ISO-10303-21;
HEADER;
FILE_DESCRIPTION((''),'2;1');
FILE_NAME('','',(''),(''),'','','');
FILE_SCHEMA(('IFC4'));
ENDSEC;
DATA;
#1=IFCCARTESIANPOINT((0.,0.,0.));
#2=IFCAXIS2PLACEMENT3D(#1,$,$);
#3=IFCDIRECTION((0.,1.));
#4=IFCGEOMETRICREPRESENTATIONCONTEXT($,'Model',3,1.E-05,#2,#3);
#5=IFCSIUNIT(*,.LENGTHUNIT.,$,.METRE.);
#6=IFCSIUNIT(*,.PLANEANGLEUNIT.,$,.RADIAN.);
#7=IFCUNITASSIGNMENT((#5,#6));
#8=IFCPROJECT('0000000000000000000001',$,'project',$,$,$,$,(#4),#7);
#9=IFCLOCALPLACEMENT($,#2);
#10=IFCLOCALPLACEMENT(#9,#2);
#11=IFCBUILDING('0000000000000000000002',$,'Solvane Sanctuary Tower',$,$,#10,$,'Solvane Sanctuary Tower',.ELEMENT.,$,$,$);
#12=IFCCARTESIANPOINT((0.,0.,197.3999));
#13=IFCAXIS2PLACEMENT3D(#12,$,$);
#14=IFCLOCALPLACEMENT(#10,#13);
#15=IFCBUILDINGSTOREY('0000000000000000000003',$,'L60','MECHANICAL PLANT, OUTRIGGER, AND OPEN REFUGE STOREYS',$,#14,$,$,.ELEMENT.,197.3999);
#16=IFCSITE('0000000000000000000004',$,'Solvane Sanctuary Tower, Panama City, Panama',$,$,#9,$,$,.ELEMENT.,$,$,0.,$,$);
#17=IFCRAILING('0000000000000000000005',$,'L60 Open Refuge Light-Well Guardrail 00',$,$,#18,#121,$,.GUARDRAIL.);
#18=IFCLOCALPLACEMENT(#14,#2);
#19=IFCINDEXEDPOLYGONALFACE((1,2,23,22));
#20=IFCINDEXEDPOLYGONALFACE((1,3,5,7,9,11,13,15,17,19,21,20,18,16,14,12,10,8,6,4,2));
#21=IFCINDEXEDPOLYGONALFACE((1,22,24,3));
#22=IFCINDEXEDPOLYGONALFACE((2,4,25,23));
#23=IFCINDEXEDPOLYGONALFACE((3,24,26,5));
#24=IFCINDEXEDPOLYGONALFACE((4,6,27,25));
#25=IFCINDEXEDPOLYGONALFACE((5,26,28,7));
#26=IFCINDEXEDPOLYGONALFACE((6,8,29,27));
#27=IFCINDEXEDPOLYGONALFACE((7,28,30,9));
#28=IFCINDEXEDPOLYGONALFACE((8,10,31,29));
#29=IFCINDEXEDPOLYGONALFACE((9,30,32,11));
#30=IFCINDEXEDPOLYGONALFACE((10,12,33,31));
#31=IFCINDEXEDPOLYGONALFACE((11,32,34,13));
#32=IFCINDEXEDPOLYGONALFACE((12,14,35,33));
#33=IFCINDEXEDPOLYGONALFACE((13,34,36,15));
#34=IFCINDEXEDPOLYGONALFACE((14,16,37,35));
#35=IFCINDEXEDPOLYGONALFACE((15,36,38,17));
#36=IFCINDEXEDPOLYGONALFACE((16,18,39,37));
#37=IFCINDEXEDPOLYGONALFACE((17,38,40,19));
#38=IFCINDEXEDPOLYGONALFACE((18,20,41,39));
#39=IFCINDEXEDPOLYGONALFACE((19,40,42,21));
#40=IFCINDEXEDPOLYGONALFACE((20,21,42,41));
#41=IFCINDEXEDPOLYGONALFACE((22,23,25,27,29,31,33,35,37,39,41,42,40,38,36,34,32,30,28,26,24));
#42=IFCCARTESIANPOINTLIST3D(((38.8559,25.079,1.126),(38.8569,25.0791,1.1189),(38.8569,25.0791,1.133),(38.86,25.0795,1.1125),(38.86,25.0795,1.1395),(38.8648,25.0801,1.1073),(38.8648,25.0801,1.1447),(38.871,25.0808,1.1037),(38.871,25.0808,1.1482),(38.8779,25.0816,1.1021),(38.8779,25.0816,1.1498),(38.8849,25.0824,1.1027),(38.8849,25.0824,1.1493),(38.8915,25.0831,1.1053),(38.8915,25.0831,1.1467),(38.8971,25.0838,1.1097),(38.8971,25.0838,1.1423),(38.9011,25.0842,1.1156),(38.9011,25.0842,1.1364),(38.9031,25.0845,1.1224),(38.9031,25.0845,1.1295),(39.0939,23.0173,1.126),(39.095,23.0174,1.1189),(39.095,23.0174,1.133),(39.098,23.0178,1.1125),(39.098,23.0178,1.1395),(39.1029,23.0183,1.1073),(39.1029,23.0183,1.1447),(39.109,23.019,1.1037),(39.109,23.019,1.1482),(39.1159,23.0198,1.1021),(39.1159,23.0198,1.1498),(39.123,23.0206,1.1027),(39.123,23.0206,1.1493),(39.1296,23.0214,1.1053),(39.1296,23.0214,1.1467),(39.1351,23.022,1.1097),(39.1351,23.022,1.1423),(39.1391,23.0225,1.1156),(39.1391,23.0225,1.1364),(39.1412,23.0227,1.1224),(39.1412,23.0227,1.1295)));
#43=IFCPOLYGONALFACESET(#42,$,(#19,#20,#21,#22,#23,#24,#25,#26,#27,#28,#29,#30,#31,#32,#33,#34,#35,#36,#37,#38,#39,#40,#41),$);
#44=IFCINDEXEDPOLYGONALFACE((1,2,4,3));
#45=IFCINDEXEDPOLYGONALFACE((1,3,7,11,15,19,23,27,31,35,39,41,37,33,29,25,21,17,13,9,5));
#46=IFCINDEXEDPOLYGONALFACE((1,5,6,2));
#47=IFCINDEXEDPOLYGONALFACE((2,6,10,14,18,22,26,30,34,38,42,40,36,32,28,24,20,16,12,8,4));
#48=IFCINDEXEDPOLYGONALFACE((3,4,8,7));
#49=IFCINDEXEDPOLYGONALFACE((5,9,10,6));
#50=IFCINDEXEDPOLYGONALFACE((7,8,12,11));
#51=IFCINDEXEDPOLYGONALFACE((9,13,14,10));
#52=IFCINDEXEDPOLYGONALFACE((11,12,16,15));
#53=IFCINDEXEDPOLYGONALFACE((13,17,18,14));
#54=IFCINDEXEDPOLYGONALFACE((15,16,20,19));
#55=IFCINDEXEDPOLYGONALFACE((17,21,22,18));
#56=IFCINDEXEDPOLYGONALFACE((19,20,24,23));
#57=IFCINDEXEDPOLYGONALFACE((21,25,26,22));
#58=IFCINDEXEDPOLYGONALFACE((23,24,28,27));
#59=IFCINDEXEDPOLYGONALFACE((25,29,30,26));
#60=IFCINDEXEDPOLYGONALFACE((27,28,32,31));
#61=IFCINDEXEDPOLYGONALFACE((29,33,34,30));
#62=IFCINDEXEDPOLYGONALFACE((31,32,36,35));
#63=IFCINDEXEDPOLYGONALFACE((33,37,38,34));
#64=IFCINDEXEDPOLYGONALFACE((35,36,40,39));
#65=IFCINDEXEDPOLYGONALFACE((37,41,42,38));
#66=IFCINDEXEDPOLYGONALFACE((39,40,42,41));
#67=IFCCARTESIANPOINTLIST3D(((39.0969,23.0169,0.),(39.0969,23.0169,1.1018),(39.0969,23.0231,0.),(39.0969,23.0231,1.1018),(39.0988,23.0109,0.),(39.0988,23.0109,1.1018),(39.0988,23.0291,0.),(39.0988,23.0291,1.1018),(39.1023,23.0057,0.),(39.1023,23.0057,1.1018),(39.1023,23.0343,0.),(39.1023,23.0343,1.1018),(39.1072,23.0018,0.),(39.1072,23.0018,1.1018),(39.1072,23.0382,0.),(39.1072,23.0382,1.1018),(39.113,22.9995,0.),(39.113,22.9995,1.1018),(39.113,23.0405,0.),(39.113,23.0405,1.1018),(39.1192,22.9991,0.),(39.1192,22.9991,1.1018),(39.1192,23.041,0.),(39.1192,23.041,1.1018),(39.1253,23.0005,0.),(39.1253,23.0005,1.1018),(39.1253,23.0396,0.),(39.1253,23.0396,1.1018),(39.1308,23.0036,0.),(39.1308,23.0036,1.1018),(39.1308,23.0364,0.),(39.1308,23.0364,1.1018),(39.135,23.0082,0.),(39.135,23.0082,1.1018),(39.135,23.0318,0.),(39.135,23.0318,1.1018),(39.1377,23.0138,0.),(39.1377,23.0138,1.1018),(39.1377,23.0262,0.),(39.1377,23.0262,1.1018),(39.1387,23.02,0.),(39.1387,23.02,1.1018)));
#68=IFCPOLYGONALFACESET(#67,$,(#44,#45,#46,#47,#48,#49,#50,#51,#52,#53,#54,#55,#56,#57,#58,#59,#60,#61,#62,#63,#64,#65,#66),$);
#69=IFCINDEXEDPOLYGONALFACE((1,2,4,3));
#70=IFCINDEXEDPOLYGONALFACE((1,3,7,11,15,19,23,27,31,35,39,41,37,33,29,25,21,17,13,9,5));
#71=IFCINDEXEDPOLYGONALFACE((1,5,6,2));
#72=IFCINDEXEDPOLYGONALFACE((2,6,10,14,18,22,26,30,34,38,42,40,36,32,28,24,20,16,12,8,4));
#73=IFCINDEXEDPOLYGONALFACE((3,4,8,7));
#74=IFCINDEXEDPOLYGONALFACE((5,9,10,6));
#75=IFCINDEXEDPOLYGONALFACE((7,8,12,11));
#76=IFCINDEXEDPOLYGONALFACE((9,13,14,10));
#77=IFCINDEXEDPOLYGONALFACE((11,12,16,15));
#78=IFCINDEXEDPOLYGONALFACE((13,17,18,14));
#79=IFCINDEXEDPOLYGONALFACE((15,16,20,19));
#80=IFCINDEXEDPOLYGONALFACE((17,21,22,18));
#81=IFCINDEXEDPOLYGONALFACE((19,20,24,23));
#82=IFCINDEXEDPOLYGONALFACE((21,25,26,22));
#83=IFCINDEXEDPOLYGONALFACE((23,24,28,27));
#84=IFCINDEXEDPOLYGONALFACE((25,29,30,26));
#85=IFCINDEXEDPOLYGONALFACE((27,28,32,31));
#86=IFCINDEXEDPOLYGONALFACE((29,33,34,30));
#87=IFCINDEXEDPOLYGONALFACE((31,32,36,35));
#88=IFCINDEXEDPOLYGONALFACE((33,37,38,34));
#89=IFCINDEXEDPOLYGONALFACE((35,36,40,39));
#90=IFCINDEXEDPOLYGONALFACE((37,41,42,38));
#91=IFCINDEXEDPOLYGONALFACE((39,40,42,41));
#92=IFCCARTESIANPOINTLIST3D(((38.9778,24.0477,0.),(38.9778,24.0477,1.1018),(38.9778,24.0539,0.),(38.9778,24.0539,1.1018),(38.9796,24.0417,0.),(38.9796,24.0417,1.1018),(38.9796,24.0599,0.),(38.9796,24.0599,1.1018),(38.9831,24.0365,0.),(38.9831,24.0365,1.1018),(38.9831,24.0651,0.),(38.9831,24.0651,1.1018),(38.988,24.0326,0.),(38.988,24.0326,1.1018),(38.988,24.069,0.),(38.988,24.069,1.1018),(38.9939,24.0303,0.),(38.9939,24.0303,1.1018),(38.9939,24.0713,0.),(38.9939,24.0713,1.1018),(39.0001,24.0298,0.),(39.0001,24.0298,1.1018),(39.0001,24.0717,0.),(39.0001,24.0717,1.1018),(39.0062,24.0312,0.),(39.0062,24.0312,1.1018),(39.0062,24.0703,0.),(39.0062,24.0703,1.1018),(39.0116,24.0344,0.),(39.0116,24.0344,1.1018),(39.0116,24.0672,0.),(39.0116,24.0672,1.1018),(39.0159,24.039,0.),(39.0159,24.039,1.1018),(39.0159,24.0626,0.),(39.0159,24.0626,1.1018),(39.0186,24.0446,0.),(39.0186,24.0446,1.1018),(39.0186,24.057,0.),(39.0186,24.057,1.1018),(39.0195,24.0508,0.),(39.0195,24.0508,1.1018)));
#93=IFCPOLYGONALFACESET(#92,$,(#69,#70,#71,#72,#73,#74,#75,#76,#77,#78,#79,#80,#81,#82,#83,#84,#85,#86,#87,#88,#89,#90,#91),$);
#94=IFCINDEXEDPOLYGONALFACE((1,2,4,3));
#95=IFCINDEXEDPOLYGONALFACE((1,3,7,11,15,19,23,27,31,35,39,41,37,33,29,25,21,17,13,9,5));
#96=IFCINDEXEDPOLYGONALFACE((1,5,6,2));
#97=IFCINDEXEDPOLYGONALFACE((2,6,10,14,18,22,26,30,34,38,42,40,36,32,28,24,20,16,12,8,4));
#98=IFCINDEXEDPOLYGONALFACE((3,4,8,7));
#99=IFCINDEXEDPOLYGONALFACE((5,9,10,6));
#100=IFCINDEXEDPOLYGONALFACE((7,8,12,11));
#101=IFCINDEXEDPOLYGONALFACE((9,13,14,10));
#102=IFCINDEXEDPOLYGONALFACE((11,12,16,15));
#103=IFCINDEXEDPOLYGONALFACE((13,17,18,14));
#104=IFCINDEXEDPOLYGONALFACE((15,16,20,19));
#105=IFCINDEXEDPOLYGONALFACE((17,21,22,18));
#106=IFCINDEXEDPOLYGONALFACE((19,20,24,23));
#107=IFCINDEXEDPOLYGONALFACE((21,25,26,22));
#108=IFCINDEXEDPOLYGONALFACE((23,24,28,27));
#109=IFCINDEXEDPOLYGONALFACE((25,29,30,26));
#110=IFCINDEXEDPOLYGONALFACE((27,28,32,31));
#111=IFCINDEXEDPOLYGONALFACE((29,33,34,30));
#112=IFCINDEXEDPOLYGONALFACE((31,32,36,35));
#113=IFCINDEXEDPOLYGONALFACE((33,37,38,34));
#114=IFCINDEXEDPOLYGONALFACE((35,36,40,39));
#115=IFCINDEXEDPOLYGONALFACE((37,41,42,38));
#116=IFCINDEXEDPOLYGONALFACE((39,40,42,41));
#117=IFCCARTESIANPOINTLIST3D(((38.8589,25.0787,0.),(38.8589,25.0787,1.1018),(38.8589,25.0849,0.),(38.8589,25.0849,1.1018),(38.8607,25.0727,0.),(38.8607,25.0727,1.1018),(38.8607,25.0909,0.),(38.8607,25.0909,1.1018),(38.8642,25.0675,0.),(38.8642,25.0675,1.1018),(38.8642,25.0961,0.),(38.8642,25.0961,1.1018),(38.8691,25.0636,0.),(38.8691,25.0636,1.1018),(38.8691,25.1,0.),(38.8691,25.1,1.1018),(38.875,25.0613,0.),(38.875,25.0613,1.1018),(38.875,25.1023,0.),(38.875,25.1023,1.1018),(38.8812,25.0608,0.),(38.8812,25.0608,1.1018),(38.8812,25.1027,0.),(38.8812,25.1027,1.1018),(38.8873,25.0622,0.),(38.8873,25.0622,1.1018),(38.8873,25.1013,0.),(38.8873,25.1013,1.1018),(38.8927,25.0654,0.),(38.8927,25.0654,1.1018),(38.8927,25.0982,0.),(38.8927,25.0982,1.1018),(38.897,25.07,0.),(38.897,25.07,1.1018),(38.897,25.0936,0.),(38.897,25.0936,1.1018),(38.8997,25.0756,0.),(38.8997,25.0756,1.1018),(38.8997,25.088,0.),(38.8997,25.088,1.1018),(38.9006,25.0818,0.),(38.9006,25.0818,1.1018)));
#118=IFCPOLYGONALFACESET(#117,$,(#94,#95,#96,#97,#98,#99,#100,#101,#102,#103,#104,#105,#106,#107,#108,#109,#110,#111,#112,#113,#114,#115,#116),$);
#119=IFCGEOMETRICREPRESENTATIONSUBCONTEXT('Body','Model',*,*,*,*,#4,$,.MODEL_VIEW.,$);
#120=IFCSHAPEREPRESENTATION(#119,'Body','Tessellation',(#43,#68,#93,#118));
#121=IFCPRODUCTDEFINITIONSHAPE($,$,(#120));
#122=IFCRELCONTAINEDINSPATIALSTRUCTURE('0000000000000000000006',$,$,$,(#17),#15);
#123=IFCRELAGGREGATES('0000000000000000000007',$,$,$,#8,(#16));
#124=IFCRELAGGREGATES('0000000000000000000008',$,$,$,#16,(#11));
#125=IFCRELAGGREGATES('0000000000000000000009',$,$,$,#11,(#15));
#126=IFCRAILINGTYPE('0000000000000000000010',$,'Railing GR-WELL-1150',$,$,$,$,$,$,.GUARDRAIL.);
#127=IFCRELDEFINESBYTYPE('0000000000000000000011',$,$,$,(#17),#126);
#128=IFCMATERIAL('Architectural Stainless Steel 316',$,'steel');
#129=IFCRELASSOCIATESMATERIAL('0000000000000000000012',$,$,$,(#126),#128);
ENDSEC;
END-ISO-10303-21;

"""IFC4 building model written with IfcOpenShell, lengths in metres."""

from ifc_helpers import new_model, si_unit, direction, frame, origin, origin_2d, place, context, subcontext, project, spatial, circle, extrude, material, type_object, element, save


model = new_model("IFC4")

# Units and contexts
model_context = context("Model", 3, precision=1e-05, world=origin(), true_north=direction((0.0, 1.0)))
body_context = subcontext(model_context, "Body", "Model", "MODEL_VIEW")
ifc_project = project(units=[si_unit("LENGTHUNIT", "METRE"), si_unit("PLANEANGLEUNIT", "RADIAN")], contexts=[model_context])

# Site, building, storey
site_placement = place(None, origin())
site = spatial("IfcSite", under=ifc_project, at=site_placement, Name="Solvane Sanctuary Tower, Panama City, Panama", CompositionType="ELEMENT", RefElevation=0.0)
building_placement = place(site_placement, origin())
building = spatial("IfcBuilding", under=site, at=building_placement, Name="Solvane Sanctuary Tower", LongName="Solvane Sanctuary Tower", CompositionType="ELEMENT")
storey_placement = place(building_placement, frame((0.0, 0.0, 197.3999)))
storey = spatial("IfcBuildingStorey", under=building, at=storey_placement, Name="L60", Description="MECHANICAL PLANT, OUTRIGGER, AND OPEN REFUGE STOREYS", CompositionType="ELEMENT", Elevation=197.3999)

# Shared definitions
ifc_material_1 = material(Name="Architectural Stainless Steel 316", Category="steel")

# Railing
railing_type_1 = type_object("IfcRailingType", Name="Railing GR-WELL-1150", PredefinedType="GUARDRAIL", material=ifc_material_1)
railing_1_placement = place(storey_placement, frame((39.1177, 23.02, 0.0)))
element("IfcRailing", 1, at=railing_1_placement, inside=storey, type_object=railing_type_1, Name="L60 Open Refuge Light-Well Guardrail 00", PredefinedType="GUARDRAIL", context=body_context, shape_type="SweptSolid", body=[
    extrude(circle(Radius=0.0239, at=origin_2d()), frame((0.0, 0.0, 1.126), z_axis=(-0.114691, 0.993401, 0.0), x_axis=(-0.993401, -0.114691, 0.0)), (0.0, 0.0, 1.0), 2.0754),
    extrude(circle(Radius=0.021, at=origin_2d()), origin(), (0.0, 0.0, 1.0), 1.1018),
    extrude(circle(Radius=0.021, at=origin_2d()), frame((-0.1191, 1.0308, 0.0)), (0.0, 0.0, 1.0), 1.1018),
    extrude(circle(Radius=0.021, at=origin_2d()), frame((-0.238, 2.0618, 0.0)), (0.0, 0.0, 1.0), 1.1018),
])

save(model, "model.ifc")
